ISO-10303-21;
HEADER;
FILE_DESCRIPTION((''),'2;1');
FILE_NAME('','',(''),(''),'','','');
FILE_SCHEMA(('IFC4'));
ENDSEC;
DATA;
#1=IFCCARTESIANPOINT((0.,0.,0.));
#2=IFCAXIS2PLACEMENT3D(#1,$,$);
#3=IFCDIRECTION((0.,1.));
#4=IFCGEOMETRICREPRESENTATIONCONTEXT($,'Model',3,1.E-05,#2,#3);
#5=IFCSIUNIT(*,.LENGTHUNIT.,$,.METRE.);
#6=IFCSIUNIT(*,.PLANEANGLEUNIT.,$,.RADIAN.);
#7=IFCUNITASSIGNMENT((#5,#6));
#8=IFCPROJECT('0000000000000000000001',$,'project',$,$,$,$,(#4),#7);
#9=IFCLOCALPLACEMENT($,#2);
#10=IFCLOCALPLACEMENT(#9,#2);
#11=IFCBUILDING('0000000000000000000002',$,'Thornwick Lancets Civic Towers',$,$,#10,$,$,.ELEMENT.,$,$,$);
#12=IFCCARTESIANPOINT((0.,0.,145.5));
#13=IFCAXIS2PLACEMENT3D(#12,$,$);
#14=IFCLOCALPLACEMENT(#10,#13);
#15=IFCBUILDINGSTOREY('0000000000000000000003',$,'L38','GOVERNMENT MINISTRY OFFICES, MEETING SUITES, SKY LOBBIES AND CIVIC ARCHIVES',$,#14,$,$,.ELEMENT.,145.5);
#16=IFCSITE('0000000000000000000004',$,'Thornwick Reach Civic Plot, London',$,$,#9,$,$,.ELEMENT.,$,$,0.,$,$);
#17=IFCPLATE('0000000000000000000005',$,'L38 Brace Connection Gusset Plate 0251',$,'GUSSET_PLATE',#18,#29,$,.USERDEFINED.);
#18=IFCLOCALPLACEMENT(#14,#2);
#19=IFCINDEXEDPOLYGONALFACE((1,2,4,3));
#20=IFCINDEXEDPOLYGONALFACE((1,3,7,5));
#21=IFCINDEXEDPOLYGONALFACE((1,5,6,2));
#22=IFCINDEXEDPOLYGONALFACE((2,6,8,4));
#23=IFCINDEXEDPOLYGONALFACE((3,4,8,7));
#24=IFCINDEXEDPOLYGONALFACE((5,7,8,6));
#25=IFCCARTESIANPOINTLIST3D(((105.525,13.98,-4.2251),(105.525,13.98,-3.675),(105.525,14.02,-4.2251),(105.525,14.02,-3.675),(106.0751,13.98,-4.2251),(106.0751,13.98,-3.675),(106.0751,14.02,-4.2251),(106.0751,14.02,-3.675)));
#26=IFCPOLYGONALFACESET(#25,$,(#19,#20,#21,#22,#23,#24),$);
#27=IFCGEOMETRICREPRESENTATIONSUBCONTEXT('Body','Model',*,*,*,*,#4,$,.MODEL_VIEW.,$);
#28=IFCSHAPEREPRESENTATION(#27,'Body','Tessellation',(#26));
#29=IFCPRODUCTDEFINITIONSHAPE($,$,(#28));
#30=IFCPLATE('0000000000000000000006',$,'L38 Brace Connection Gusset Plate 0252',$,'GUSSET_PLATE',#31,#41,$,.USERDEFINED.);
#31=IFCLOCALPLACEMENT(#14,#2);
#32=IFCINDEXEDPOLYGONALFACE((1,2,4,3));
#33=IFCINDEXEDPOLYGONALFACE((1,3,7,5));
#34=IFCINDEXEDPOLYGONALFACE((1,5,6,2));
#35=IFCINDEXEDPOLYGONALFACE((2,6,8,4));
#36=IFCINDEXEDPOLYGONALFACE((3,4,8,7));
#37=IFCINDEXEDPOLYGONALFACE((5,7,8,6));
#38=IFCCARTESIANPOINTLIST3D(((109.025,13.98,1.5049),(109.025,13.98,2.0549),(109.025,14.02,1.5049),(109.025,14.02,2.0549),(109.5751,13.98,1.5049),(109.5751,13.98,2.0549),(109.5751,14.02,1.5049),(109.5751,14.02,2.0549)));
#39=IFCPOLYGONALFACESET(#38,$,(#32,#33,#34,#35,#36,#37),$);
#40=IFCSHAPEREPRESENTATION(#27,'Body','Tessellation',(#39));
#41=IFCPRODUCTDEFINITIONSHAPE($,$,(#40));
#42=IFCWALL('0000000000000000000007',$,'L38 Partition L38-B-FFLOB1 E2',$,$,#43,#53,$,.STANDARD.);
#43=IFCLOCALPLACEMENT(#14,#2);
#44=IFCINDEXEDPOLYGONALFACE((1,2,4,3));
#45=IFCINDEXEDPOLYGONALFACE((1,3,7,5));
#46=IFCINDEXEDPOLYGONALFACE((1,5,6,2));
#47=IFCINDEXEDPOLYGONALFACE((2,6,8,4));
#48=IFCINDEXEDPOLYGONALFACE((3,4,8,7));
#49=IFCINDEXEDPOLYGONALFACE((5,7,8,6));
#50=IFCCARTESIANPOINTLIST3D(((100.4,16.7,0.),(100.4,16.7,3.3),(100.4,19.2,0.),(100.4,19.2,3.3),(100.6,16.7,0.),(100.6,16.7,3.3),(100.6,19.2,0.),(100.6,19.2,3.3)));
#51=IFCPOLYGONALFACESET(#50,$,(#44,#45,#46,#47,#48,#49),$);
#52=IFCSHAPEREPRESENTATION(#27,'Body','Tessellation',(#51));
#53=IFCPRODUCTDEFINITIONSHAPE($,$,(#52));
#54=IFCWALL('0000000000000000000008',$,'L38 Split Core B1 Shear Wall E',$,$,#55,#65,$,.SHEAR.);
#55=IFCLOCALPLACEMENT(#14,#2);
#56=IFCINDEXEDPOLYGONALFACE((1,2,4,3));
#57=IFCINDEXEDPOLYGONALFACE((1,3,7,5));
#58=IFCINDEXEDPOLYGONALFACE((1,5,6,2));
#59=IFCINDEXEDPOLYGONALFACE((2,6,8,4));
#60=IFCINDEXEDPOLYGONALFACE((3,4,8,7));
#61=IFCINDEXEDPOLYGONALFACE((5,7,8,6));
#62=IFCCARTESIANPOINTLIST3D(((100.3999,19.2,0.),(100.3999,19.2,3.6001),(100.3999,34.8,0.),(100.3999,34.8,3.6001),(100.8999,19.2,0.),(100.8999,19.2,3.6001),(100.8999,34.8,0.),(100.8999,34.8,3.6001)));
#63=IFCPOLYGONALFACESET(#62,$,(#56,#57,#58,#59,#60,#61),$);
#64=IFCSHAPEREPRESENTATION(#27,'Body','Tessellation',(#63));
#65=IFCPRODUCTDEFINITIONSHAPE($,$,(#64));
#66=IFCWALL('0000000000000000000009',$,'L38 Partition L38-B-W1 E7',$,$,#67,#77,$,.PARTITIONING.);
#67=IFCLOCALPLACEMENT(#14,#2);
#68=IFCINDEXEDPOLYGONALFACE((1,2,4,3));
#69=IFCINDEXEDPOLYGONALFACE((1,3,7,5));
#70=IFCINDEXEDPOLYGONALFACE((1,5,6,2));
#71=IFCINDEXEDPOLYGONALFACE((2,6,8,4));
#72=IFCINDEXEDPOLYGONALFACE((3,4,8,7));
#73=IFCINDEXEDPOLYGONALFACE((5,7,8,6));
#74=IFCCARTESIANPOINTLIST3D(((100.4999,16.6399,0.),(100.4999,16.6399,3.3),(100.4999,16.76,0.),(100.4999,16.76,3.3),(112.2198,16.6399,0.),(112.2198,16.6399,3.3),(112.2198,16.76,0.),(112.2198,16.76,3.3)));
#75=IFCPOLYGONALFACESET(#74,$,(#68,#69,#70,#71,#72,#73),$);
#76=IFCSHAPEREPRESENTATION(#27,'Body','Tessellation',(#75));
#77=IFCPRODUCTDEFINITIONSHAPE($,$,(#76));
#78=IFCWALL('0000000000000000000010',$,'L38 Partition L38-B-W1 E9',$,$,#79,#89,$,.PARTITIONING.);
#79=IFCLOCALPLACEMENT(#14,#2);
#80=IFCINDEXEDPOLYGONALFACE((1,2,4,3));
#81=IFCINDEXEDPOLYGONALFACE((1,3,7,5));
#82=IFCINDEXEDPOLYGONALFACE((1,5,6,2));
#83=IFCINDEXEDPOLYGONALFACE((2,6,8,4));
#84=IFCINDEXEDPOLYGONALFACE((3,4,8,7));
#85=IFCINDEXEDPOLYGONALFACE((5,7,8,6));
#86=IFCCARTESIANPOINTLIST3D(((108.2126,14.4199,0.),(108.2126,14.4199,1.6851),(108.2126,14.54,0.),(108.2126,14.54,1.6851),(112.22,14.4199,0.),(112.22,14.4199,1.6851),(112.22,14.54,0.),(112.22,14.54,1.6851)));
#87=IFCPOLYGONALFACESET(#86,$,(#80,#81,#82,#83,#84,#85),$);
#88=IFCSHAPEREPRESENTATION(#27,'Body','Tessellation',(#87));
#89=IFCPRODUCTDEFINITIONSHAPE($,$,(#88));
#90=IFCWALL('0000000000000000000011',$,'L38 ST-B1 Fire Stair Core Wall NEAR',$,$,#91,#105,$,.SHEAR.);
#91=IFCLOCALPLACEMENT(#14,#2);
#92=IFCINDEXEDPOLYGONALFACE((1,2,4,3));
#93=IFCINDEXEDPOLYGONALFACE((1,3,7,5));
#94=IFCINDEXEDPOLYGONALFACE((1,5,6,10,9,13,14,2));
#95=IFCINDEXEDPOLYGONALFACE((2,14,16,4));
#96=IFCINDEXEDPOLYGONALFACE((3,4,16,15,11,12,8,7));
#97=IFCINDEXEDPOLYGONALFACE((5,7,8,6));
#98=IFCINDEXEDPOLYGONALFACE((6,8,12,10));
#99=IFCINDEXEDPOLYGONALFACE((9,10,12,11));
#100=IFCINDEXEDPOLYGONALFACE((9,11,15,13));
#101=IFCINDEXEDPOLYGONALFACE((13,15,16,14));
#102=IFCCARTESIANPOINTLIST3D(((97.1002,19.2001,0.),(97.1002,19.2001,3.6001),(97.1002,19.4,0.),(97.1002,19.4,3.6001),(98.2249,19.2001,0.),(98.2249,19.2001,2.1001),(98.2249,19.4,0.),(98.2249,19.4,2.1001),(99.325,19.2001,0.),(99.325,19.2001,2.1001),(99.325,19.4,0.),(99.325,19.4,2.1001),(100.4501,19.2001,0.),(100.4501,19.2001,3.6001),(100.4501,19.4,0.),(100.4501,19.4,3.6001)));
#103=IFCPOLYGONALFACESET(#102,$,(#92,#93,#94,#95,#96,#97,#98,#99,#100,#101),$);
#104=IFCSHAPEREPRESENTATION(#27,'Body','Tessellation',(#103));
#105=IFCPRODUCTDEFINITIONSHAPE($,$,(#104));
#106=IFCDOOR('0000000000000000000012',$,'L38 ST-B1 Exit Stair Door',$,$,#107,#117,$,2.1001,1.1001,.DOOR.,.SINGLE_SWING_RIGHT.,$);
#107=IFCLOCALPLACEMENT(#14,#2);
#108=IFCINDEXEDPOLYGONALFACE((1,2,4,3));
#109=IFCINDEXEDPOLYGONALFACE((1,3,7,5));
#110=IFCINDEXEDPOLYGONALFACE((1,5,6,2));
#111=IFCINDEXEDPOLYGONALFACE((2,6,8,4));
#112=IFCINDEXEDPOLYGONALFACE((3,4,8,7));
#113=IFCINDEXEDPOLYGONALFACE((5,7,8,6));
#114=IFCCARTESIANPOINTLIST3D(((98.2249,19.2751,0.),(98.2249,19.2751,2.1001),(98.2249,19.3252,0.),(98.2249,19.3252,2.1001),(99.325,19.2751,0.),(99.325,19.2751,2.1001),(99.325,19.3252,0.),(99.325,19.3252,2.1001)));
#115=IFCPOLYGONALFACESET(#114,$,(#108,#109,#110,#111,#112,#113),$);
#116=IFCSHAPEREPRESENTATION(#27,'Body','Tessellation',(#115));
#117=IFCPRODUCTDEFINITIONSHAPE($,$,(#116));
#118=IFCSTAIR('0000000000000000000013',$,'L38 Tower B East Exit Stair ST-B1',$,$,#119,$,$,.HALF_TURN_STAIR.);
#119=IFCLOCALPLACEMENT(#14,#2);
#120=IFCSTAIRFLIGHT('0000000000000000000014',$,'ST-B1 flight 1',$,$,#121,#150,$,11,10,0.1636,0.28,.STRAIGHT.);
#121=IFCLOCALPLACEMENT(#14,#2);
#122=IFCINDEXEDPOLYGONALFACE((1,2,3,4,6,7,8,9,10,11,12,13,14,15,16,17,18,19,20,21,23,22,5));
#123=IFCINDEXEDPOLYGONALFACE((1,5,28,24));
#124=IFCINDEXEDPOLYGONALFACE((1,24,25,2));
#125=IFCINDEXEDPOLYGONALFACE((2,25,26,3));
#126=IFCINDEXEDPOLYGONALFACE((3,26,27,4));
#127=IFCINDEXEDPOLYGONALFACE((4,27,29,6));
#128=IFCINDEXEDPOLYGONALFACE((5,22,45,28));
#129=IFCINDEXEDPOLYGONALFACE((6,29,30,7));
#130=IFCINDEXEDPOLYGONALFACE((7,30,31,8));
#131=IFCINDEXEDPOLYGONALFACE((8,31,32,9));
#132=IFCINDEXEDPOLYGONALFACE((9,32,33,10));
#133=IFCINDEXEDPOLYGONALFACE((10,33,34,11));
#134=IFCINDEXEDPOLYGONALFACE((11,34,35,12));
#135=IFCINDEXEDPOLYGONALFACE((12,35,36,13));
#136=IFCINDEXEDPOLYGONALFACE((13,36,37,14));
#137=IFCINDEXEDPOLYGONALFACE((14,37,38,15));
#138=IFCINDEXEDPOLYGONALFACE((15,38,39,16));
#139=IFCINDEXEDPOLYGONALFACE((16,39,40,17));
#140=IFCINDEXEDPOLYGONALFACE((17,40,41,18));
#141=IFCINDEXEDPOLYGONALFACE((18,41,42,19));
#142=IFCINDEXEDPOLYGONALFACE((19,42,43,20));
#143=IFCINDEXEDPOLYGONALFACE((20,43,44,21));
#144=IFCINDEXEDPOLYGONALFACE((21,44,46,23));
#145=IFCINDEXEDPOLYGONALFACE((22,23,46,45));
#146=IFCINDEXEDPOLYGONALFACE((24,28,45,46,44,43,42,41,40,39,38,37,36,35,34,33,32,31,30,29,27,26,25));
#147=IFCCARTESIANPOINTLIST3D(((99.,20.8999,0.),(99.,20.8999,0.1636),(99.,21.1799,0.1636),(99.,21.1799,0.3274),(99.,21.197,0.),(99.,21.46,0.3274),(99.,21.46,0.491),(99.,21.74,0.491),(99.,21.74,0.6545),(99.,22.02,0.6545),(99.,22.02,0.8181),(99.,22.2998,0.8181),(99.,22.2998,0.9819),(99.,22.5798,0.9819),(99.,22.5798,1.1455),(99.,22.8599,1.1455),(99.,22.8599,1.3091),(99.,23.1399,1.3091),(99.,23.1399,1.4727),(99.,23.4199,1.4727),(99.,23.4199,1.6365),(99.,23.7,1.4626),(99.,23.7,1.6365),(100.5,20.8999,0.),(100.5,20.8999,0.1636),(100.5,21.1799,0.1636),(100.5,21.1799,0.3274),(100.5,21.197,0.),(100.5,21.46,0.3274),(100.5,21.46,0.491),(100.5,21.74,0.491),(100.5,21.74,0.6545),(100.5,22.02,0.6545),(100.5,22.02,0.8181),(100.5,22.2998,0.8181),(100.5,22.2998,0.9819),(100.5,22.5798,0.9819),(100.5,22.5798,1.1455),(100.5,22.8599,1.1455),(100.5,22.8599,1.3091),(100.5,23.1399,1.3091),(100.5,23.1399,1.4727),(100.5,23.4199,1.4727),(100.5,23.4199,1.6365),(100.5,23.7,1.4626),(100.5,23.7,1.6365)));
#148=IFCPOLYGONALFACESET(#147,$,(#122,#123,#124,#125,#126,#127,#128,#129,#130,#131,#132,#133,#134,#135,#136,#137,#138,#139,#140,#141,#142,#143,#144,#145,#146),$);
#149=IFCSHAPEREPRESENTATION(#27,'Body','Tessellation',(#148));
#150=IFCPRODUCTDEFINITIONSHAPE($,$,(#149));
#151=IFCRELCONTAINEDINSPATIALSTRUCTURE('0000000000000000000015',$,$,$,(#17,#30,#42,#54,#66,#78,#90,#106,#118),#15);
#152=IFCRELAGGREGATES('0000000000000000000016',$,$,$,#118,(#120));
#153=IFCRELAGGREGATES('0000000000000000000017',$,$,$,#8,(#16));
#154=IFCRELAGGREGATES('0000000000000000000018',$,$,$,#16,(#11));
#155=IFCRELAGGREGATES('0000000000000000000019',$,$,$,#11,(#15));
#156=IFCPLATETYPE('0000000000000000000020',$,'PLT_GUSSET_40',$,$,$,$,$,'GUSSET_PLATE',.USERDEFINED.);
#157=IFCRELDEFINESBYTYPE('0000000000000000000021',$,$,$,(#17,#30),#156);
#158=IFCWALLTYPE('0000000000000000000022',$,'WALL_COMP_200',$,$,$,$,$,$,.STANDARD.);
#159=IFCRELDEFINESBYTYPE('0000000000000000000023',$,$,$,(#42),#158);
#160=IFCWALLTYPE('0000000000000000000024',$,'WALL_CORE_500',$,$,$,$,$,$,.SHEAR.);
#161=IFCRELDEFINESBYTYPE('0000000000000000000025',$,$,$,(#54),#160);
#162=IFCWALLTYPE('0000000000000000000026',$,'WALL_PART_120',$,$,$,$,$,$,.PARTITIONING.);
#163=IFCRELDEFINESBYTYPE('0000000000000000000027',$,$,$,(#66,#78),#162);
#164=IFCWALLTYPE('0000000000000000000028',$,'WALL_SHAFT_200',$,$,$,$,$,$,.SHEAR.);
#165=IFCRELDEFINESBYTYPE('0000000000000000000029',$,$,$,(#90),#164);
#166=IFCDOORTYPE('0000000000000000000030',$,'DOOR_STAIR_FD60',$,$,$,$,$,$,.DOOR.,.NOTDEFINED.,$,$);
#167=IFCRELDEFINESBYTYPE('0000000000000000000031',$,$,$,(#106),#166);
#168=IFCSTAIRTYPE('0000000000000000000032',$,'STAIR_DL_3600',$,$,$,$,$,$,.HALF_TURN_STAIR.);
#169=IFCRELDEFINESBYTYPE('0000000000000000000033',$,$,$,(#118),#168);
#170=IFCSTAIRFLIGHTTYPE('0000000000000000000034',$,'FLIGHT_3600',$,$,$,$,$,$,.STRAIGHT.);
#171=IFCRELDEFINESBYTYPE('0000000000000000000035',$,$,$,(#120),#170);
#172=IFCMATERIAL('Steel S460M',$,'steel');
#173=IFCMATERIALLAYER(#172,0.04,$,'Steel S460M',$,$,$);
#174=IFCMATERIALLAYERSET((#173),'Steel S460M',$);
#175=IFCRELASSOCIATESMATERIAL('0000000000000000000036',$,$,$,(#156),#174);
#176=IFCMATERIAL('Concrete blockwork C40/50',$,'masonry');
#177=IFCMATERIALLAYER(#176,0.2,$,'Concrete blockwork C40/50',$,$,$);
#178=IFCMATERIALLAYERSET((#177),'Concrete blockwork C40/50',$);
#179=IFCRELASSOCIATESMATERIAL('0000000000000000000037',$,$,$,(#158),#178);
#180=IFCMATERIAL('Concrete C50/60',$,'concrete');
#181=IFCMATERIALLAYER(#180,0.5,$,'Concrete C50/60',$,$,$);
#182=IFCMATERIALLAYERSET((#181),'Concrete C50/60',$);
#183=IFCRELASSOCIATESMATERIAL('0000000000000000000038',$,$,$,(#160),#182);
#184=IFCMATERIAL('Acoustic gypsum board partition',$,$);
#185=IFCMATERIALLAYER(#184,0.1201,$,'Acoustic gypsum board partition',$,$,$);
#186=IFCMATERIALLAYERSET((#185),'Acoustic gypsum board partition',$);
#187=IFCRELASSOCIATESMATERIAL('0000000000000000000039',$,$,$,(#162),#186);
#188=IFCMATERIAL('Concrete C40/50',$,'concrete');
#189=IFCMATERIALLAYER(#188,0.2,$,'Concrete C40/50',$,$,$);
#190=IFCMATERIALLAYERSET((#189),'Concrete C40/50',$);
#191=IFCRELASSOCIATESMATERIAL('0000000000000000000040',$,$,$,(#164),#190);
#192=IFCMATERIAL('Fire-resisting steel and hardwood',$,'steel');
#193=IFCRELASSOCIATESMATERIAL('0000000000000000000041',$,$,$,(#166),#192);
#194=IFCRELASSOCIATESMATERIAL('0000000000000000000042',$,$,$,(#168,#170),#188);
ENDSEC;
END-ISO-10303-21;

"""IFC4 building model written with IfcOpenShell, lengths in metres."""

from ifc_helpers import new_model, si_unit, direction, frame, frame_2d, origin, origin_2d, place, context, subcontext, project, spatial, polyline, rectangle, outline, extrude, material, layer, layer_set, type_object, element, fill, aggregate, save


model = new_model("IFC4")

# Units and contexts
model_context = context("Model", 3, precision=1e-05, world=origin(), true_north=direction((0.0, 1.0)))
body_context = subcontext(model_context, "Body", "Model", "MODEL_VIEW")
ifc_project = project(units=[si_unit("LENGTHUNIT", "METRE"), si_unit("PLANEANGLEUNIT", "RADIAN")], contexts=[model_context])

# Site, building, storey
site_placement = place(None, origin())
site = spatial("IfcSite", under=ifc_project, at=site_placement, Name="Thornwick Reach Civic Plot, London", CompositionType="ELEMENT", RefElevation=0.0)
building_placement = place(site_placement, origin())
building = spatial("IfcBuilding", under=site, at=building_placement, Name="Thornwick Lancets Civic Towers", CompositionType="ELEMENT")
storey_placement = place(building_placement, frame((0.0, 0.0, 145.5)))
storey = spatial("IfcBuildingStorey", under=building, at=storey_placement, Name="L38", Description="GOVERNMENT MINISTRY OFFICES, MEETING SUITES, SKY LOBBIES AND CIVIC ARCHIVES", CompositionType="ELEMENT", Elevation=145.5)

# Shared definitions
ifc_material_1 = material(Name="Concrete C50/60", Category="concrete")
ifc_material_2 = material(Name="Steel S460M", Category="steel")

# Shared definitions
ifc_material_3 = material(Name="Concrete C40/50", Category="concrete")

# Plates
ifc_layer_1 = layer(ifc_material_2, 0.04, Name="Steel S460M")
ifc_layer_set_1 = layer_set([ifc_layer_1], Name="Steel S460M")
plate_type = type_object("IfcPlateType", Name="PLT_GUSSET_40", ElementType="GUSSET_PLATE", PredefinedType="USERDEFINED", material=ifc_layer_set_1)
for number, where, z_axis, x_axis, name in (
    (1, (105.8, 14.0, -4.2251), (0.0, 0.0, 1.0), (1.0, 0.0, 0.0), "L38 Brace Connection Gusset Plate 0251"),
    (2, (109.3, 14.0, 1.5049), (0.0, 0.0, 1.0), (1.0, 0.0, 0.0), "L38 Brace Connection Gusset Plate 0252"),
):
    element("IfcPlate", number, at=place(storey_placement, frame(where, z_axis=z_axis, x_axis=x_axis)), inside=storey, type_object=plate_type, Name=name, ObjectType="GUSSET_PLATE", PredefinedType="USERDEFINED", context=body_context, shape_type="SweptSolid", body=[
        extrude(rectangle(XDim=0.55, YDim=0.04, at=origin_2d()), origin(), (0.0, 0.0, 1.0), 0.55),
    ])

# Walls
ifc_material_4 = material(Name="Concrete blockwork C40/50", Category="masonry")
ifc_layer_2 = layer(ifc_material_4, 0.2, Name="Concrete blockwork C40/50")
ifc_layer_set_2 = layer_set([ifc_layer_2], Name="Concrete blockwork C40/50")
wall_type_1 = type_object("IfcWallType", Name="WALL_COMP_200", PredefinedType="STANDARD", material=ifc_layer_set_2)
wall_1_placement = place(storey_placement, frame((100.5, 16.7, 0.0), z_axis=(0.0, 0.0, 1.0), x_axis=(0.0, 1.0, 0.0)))
element("IfcWall", 3, at=wall_1_placement, inside=storey, type_object=wall_type_1, Name="L38 Partition L38-B-FFLOB1 E2", PredefinedType="STANDARD", context=body_context, shape_type="SweptSolid", body=[
    extrude(rectangle(XDim=2.5, YDim=0.2, at=frame_2d((1.25, 0.0))), origin(), (0.0, 0.0, 1.0), 3.3),
])
ifc_layer_3 = layer(ifc_material_1, 0.5, Name="Concrete C50/60")
ifc_layer_set_3 = layer_set([ifc_layer_3], Name="Concrete C50/60")
wall_type_2 = type_object("IfcWallType", Name="WALL_CORE_500", PredefinedType="SHEAR", material=ifc_layer_set_3)
wall_2_placement = place(storey_placement, frame((100.6499, 19.2, 0.0), z_axis=(0.0, 0.0, 1.0), x_axis=(0.0, 1.0, 0.0)))
element("IfcWall", 4, at=wall_2_placement, inside=storey, type_object=wall_type_2, Name="L38 Split Core B1 Shear Wall E", PredefinedType="SHEAR", context=body_context, shape_type="SweptSolid", body=[
    extrude(rectangle(XDim=15.6001, YDim=0.5, at=frame_2d((7.8, 0.0))), origin(), (0.0, 0.0, 1.0), 3.6001),
])
ifc_material_5 = material(Name="Acoustic gypsum board partition")
ifc_layer_4 = layer(ifc_material_5, 0.1201, Name="Acoustic gypsum board partition")
ifc_layer_set_4 = layer_set([ifc_layer_4], Name="Acoustic gypsum board partition")
wall_type_3 = type_object("IfcWallType", Name="WALL_PART_120", PredefinedType="PARTITIONING", material=ifc_layer_set_4)
wall_3_placement = place(storey_placement, frame((100.5, 16.7, 0.0), z_axis=(0.0, 0.0, 1.0), x_axis=(1.0, 0.0, 0.0)))
element("IfcWall", 5, at=wall_3_placement, inside=storey, type_object=wall_type_3, Name="L38 Partition L38-B-W1 E7", PredefinedType="PARTITIONING", context=body_context, shape_type="SweptSolid", body=[
    extrude(rectangle(XDim=11.72, YDim=0.1201, at=frame_2d((5.8599, 0.0))), origin(), (0.0, 0.0, 1.0), 3.3),
])
wall_4_placement = place(storey_placement, frame((112.22, 14.48, 0.0), z_axis=(0.0, 0.0, 1.0), x_axis=(-1.0, 0.0, 0.0)))
element("IfcWall", 6, at=wall_4_placement, inside=storey, type_object=wall_type_3, Name="L38 Partition L38-B-W1 E9", PredefinedType="PARTITIONING", context=body_context, shape_type="SweptSolid", body=[
    extrude(rectangle(XDim=4.0073, YDim=0.1201, at=frame_2d((2.0037, 0.0))), origin(), (0.0, 0.0, 1.0), 1.6851),
])

# Wall, opening, door
ifc_layer_5 = layer(ifc_material_3, 0.2, Name="Concrete C40/50")
ifc_layer_set_5 = layer_set([ifc_layer_5], Name="Concrete C40/50")
wall_type_4 = type_object("IfcWallType", Name="WALL_SHAFT_200", PredefinedType="SHEAR", material=ifc_layer_set_5)
wall_5_placement = place(storey_placement, frame((100.45, 19.3, 0.0), z_axis=(0.0, 0.0, 1.0), x_axis=(-1.0, 0.0, 0.0)))
wall_5 = element("IfcWall", 7, at=wall_5_placement, inside=storey, type_object=wall_type_4, Name="L38 ST-B1 Fire Stair Core Wall NEAR", PredefinedType="SHEAR", context=body_context, shape_type="SweptSolid", body=[
    extrude(rectangle(XDim=3.3499, YDim=0.2, at=frame_2d((1.6748, 0.0))), origin(), (0.0, 0.0, 1.0), 3.6001),
])
opening_placement = place(wall_5_placement, frame((1.125, 0.0, 0.0)))
opening = element("IfcOpeningElement", 8, at=opening_placement, cuts=wall_5, PredefinedType="OPENING", context=body_context, shape_type="SweptSolid", body=[
    extrude(rectangle(XDim=1.1001, YDim=2.1001, at=frame_2d((0.55, 1.05))), frame((0.0, 0.1099, 0.0), z_axis=(0.0, -1.0, 0.0), x_axis=(1.0, 0.0, 0.0)), (0.0, 0.0, 1.0), 0.22),
])
ifc_material_6 = material(Name="Fire-resisting steel and hardwood", Category="steel")
door_type = type_object("IfcDoorType", Name="DOOR_STAIR_FD60", OperationType="NOTDEFINED", PredefinedType="DOOR", material=ifc_material_6)
door_placement = place(opening_placement, origin())
door = element("IfcDoor", 9, at=door_placement, inside=storey, type_object=door_type, Name="L38 ST-B1 Exit Stair Door", OperationType="SINGLE_SWING_RIGHT", OverallHeight=2.1001, OverallWidth=1.1001, PredefinedType="DOOR", context=body_context, shape_type="SweptSolid", body=[
    extrude(rectangle(XDim=1.1001, YDim=2.1001, at=frame_2d((0.55, 1.05))), frame((0.0, 0.0249, 0.0), z_axis=(0.0, -1.0, 0.0), x_axis=(1.0, 0.0, 0.0)), (0.0, 0.0, 1.0), 0.05),
])
fill(opening, door)

# Stair, stair flight
stair_type = type_object("IfcStairType", Name="STAIR_DL_3600", PredefinedType="HALF_TURN_STAIR", material=ifc_material_3)
stair_placement = place(storey_placement, origin())
stair = element("IfcStair", 10, at=stair_placement, inside=storey, type_object=stair_type, Name="L38 Tower B East Exit Stair ST-B1", PredefinedType="HALF_TURN_STAIR")
stair_flight_type = type_object("IfcStairFlightType", Name="FLIGHT_3600", PredefinedType="STRAIGHT", material=ifc_material_3)
stair_flight_placement = place(storey_placement, frame((99.75, 20.8999, 0.0), z_axis=(0.0, 0.0, 1.0), x_axis=(0.0, 1.0, 0.0)))
stair_flight = element("IfcStairFlight", 11, at=stair_flight_placement, type_object=stair_flight_type, Name="ST-B1 flight 1", NumberOfRisers=11, NumberOfTreads=10, PredefinedType="STRAIGHT", RiserHeight=0.1636, TreadLength=0.28, context=body_context, shape_type="SweptSolid", body=[
    extrude(outline(polyline([(0.0, 0.0), (0.0, 0.1636), (0.28, 0.1636), (0.28, 0.3274), (0.5601, 0.3274), (0.5601, 0.491), (0.8401, 0.491), (0.8401, 0.6545), (1.1201, 0.6545), (1.1201, 0.8181), (1.3999, 0.8181), (1.3999, 0.9819), (1.6799, 0.9819), (1.6799, 1.1455), (1.96, 1.1455), (1.96, 1.3091), (2.24, 1.3091), (2.24, 1.4727), (2.52, 1.4727), (2.52, 1.6365), (2.8, 1.6365), (2.8, 1.8), (2.8, 1.4626), (0.2971, 0.0), (0.0, 0.0)])), frame((0.0, 0.75, 0.0), z_axis=(0.0, -1.0, 0.0), x_axis=(1.0, 0.0, 0.0)), (0.0, 0.0, 1.0), 1.5),
])
aggregate(stair, [stair_flight])

save(model, "model.ifc")
